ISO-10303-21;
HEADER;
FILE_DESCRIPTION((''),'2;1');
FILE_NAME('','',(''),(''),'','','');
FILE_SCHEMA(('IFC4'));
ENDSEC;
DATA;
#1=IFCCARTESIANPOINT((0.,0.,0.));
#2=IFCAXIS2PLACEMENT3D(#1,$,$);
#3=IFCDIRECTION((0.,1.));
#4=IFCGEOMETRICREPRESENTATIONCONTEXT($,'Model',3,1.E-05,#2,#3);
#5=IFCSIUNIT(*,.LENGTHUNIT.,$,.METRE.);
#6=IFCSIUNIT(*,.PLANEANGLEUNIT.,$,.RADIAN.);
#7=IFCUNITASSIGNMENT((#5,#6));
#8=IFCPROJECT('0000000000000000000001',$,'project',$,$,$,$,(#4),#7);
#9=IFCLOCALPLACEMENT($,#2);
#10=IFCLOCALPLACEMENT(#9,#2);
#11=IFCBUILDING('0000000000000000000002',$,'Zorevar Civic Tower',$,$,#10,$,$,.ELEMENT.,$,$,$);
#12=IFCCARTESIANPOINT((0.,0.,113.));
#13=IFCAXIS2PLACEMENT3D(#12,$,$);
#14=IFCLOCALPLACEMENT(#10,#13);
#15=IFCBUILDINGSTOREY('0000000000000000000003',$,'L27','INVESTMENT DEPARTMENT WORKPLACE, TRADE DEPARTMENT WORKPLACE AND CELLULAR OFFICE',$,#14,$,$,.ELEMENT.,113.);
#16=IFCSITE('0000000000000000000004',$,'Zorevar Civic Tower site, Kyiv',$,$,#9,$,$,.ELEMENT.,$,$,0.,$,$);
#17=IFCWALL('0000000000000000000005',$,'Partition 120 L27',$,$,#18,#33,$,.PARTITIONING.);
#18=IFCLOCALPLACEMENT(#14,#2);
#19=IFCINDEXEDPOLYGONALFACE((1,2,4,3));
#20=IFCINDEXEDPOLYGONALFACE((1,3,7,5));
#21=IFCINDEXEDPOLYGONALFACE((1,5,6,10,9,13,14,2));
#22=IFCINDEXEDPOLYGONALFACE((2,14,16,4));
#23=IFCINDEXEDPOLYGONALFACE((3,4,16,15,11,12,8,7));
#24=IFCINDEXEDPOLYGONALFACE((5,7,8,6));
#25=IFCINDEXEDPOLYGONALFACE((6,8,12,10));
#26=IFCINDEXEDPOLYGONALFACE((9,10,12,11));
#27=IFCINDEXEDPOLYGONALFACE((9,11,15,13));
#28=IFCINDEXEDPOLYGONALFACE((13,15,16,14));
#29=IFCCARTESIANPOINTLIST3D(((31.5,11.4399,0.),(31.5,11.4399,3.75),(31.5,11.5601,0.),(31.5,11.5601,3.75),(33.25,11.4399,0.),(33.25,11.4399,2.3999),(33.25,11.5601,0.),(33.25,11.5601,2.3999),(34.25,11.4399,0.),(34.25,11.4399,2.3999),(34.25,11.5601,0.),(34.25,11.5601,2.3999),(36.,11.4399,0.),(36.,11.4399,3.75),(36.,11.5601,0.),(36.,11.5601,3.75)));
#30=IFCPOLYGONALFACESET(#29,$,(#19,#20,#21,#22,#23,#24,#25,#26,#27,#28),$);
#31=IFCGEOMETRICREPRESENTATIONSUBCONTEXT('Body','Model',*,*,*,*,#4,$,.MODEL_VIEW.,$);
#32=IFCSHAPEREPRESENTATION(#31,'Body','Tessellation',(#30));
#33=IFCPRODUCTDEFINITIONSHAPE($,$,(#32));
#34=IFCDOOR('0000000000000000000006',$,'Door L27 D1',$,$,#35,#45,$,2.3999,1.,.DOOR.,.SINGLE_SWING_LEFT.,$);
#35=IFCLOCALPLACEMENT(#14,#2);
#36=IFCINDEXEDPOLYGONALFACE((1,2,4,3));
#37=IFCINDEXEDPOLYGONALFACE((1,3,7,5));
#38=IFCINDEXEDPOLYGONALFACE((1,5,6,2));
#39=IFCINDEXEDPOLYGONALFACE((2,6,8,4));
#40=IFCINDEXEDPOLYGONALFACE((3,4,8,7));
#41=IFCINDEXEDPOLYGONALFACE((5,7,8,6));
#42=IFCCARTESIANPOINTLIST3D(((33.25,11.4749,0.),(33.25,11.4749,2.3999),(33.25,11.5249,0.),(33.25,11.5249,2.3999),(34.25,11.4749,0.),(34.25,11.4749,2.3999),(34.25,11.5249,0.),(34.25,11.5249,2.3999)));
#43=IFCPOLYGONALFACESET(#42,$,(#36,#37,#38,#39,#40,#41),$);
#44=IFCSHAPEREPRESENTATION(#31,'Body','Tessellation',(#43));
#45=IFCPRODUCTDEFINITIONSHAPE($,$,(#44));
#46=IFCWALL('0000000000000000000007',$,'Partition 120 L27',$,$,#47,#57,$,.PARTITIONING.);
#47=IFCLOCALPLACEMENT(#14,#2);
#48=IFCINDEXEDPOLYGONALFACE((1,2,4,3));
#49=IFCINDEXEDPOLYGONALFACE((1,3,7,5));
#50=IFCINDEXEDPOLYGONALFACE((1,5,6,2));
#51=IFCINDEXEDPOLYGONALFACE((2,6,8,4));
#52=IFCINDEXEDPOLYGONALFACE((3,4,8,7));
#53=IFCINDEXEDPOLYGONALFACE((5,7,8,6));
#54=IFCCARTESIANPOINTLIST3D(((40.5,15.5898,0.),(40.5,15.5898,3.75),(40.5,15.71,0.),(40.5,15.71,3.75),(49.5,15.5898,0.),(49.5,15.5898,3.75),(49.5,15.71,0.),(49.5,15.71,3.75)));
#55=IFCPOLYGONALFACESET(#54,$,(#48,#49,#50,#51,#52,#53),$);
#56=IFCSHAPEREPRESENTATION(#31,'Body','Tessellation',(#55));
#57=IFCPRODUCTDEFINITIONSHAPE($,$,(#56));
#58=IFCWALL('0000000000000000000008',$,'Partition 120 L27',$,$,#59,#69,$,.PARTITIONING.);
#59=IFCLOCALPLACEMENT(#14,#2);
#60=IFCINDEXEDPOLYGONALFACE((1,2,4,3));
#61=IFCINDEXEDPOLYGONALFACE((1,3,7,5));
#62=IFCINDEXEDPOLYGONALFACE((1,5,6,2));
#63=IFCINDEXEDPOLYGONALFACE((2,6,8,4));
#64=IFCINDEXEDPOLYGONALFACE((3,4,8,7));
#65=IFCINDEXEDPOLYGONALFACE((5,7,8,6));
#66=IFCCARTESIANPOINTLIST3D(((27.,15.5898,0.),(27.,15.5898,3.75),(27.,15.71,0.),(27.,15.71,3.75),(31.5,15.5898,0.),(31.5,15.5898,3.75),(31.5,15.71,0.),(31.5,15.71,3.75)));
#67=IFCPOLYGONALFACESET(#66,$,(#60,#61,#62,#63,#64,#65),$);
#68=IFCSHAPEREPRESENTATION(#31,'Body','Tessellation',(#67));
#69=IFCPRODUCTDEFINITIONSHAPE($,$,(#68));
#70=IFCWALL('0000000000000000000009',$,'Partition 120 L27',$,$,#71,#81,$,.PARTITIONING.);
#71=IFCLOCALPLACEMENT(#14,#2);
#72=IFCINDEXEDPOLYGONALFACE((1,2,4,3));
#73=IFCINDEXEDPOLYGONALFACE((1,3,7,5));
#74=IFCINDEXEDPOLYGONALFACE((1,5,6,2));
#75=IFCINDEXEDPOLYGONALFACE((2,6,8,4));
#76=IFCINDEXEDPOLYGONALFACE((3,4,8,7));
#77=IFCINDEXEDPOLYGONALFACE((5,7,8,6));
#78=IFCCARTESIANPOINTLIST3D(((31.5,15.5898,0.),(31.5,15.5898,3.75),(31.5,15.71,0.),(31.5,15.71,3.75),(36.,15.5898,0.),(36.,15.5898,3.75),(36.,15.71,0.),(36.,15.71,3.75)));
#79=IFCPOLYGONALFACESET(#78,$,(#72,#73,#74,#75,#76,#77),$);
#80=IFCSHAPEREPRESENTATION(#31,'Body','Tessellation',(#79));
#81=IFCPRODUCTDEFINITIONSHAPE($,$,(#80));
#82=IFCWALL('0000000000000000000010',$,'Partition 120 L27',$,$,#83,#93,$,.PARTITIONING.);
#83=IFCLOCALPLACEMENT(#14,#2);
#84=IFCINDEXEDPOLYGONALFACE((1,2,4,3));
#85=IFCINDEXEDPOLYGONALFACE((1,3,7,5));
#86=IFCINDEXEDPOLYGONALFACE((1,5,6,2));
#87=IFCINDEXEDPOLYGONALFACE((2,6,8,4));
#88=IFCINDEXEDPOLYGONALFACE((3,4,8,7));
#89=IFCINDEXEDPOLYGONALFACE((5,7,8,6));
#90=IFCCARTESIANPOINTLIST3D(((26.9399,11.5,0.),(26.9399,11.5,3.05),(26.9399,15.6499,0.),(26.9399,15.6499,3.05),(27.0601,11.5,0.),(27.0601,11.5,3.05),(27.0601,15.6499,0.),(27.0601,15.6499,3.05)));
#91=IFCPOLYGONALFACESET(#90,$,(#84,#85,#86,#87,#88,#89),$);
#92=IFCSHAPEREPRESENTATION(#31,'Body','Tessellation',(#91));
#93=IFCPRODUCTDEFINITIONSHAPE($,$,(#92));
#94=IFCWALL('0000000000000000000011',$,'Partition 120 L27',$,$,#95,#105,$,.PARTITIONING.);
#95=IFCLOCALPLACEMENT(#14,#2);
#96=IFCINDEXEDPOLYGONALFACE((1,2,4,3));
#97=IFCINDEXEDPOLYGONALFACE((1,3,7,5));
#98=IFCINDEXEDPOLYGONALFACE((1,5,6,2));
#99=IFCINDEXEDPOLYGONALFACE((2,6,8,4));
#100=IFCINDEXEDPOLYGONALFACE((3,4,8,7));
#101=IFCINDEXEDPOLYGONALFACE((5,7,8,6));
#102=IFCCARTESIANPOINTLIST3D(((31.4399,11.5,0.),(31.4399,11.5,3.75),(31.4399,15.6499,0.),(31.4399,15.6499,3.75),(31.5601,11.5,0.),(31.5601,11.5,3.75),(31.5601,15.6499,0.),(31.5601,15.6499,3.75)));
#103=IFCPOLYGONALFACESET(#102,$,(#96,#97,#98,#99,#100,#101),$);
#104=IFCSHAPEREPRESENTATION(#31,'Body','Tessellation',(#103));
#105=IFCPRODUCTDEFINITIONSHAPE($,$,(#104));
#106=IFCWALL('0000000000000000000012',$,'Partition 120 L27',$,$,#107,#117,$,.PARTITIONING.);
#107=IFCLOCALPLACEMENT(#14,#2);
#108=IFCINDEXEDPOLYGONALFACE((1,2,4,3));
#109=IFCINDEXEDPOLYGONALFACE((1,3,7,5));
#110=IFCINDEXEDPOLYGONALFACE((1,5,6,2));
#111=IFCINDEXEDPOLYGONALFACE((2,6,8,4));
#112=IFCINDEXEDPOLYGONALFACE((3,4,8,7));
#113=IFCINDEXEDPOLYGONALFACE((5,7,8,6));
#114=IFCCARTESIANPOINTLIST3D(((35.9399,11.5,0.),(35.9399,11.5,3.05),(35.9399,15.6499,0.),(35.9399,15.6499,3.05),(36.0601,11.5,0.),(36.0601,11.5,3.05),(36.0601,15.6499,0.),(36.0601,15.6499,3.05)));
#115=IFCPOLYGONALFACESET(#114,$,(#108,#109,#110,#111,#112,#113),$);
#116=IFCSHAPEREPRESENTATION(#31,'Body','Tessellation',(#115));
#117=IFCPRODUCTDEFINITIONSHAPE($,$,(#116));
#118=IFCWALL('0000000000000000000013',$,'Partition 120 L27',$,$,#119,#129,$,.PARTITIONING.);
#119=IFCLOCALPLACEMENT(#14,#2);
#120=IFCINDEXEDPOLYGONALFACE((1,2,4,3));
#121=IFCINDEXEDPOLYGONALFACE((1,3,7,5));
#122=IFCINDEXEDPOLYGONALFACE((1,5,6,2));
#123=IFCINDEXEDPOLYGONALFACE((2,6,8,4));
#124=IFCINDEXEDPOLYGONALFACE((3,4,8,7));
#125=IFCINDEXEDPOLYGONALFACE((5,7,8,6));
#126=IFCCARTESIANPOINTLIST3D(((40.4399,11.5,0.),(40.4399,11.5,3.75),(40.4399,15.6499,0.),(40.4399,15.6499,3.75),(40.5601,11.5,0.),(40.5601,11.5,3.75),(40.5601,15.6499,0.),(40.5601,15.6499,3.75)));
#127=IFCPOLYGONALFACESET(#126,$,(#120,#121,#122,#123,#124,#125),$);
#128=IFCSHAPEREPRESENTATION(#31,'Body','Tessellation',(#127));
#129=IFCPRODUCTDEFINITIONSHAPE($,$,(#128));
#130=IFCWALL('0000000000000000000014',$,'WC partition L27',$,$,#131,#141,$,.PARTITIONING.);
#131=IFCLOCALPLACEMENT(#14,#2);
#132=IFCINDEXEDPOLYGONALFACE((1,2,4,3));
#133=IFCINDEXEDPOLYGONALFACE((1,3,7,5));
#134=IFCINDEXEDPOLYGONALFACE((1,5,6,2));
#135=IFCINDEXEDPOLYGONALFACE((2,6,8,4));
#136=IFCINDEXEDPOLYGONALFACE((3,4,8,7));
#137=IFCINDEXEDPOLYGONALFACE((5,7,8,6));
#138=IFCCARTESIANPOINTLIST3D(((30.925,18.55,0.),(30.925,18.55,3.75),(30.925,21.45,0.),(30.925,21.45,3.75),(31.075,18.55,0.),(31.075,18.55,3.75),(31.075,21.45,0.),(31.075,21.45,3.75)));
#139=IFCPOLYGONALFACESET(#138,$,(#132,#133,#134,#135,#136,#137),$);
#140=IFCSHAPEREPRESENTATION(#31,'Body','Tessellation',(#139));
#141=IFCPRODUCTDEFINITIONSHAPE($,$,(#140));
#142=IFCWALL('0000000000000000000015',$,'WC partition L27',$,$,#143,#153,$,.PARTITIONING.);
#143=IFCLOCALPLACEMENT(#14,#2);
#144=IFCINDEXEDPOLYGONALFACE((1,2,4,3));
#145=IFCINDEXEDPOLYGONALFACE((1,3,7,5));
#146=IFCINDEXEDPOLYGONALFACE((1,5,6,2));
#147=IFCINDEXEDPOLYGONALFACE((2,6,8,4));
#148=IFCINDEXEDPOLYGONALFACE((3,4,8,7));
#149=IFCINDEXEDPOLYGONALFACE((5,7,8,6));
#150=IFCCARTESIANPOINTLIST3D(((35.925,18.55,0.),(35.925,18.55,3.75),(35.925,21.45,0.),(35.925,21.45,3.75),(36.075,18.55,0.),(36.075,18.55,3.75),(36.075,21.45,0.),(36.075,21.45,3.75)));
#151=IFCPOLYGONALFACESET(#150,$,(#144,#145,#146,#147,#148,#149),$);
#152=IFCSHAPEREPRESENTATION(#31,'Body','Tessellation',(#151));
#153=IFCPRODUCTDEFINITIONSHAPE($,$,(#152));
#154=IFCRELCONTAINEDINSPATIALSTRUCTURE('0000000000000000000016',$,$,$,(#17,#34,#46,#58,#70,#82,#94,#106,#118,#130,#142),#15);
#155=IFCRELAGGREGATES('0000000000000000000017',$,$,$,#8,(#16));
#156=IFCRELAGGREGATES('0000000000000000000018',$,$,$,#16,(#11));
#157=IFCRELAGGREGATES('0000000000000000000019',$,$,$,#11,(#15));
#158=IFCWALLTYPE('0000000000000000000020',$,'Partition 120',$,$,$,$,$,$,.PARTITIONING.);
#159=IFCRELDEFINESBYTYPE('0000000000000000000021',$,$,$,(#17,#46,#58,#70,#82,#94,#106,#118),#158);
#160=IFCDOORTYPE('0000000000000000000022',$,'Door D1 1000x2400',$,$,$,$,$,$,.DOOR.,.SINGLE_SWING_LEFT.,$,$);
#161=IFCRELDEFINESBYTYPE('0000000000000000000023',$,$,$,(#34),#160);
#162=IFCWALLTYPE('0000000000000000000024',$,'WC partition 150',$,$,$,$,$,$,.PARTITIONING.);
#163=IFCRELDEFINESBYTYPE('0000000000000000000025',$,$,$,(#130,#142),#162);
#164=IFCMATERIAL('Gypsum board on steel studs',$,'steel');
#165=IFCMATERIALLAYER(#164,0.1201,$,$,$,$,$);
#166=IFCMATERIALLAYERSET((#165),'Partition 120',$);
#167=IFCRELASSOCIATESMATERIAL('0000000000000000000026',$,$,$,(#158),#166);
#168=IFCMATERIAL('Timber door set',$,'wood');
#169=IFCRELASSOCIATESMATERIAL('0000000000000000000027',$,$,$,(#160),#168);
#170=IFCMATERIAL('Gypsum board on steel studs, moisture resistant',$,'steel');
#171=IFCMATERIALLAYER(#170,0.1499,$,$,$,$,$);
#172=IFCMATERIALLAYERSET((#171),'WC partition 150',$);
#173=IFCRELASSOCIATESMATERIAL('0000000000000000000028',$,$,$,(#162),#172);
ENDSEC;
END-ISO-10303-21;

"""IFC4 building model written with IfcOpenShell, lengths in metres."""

from ifc_helpers import new_model, si_unit, direction, frame, frame_2d, origin, place, context, subcontext, project, spatial, rectangle, extrude, material, layer, layer_set, type_object, element, fill, save


model = new_model("IFC4")

# Units and contexts
model_context = context("Model", 3, precision=1e-05, world=origin(), true_north=direction((0.0, 1.0)))
body_context = subcontext(model_context, "Body", "Model", "MODEL_VIEW")
ifc_project = project(units=[si_unit("LENGTHUNIT", "METRE"), si_unit("PLANEANGLEUNIT", "RADIAN")], contexts=[model_context])

# Site, building, storey
site_placement = place(None, origin())
site = spatial("IfcSite", under=ifc_project, at=site_placement, Name="Zorevar Civic Tower site, Kyiv", CompositionType="ELEMENT", RefElevation=0.0)
building_placement = place(site_placement, origin())
building = spatial("IfcBuilding", under=site, at=building_placement, Name="Zorevar Civic Tower", CompositionType="ELEMENT")
storey_placement = place(building_placement, frame((0.0, 0.0, 113.0)))
storey = spatial("IfcBuildingStorey", under=building, at=storey_placement, Name="L27", Description="INVESTMENT DEPARTMENT WORKPLACE, TRADE DEPARTMENT WORKPLACE AND CELLULAR OFFICE", CompositionType="ELEMENT", Elevation=113.0)

# Wall, opening, door
ifc_material_1 = material(Name="Gypsum board on steel studs", Category="steel")
ifc_layer_1 = layer(ifc_material_1, 0.1201)
ifc_layer_set_1 = layer_set([ifc_layer_1], Name="Partition 120")
wall_type_1 = type_object("IfcWallType", Name="Partition 120", PredefinedType="PARTITIONING", material=ifc_layer_set_1)
ifc_material_2 = material(Name="Timber door set", Category="wood")
door_type_1 = type_object("IfcDoorType", Name="Door D1 1000x2400", OperationType="SINGLE_SWING_LEFT", PredefinedType="DOOR", material=ifc_material_2)
wall_1_placement = place(storey_placement, frame((31.5, 11.5, 0.0), z_axis=(0.0, 0.0, 1.0), x_axis=(1.0, 0.0, 0.0)))
wall_1 = element("IfcWall", 1, at=wall_1_placement, inside=storey, type_object=wall_type_1, Name="Partition 120 L27", PredefinedType="PARTITIONING", context=body_context, shape_type="SweptSolid", body=[
    extrude(rectangle(XDim=4.5, YDim=0.1201, at=frame_2d((2.25, 0.0))), origin(), (0.0, 0.0, 1.0), 3.75),
])
opening_1_placement = place(wall_1_placement, frame((1.75, 0.0, 0.0)))
opening_1 = element("IfcOpeningElement", 2, at=opening_1_placement, cuts=wall_1, PredefinedType="OPENING", context=body_context, shape_type="SweptSolid", body=[
    extrude(rectangle(XDim=1.0, YDim=2.3999, at=frame_2d((0.5, 1.2))), frame((0.0, 0.0701, 0.0), z_axis=(0.0, -1.0, 0.0), x_axis=(1.0, 0.0, 0.0)), (0.0, 0.0, 1.0), 0.1401),
])
door_1_placement = place(opening_1_placement, origin())
door_1 = element("IfcDoor", 3, at=door_1_placement, inside=storey, type_object=door_type_1, Name="Door L27 D1", OperationType="SINGLE_SWING_LEFT", OverallHeight=2.3999, OverallWidth=1.0, PredefinedType="DOOR", context=body_context, shape_type="SweptSolid", body=[
    extrude(rectangle(XDim=1.0, YDim=2.3999, at=frame_2d((0.5, 1.2))), frame((0.0, 0.0249, 0.0), z_axis=(0.0, -1.0, 0.0), x_axis=(1.0, 0.0, 0.0)), (0.0, 0.0, 1.0), 0.05),
])
fill(opening_1, door_1)

# Walls
wall_2_placement = place(storey_placement, frame((40.5, 15.6499, 0.0), z_axis=(0.0, 0.0, 1.0), x_axis=(1.0, 0.0, 0.0)))
element("IfcWall", 4, at=wall_2_placement, inside=storey, type_object=wall_type_1, Name="Partition 120 L27", PredefinedType="PARTITIONING", context=body_context, shape_type="SweptSolid", body=[
    extrude(rectangle(XDim=9.0, YDim=0.1201, at=frame_2d((4.5, 0.0))), origin(), (0.0, 0.0, 1.0), 3.75),
])
for number, where, z_axis, x_axis, name in (
    (5, (27.0, 15.6499, 0.0), (0.0, 0.0, 1.0), (1.0, 0.0, 0.0), "Partition 120 L27"),
    (6, (31.5, 15.6499, 0.0), (0.0, 0.0, 1.0), (1.0, 0.0, 0.0), "Partition 120 L27"),
):
    element("IfcWall", number, at=place(storey_placement, frame(where, z_axis=z_axis, x_axis=x_axis)), inside=storey, type_object=wall_type_1, Name=name, PredefinedType="PARTITIONING", context=body_context, shape_type="SweptSolid", body=[
        extrude(rectangle(XDim=4.5, YDim=0.1201, at=frame_2d((2.25, 0.0))), origin(), (0.0, 0.0, 1.0), 3.75),
    ])
wall_3_placement = place(storey_placement, frame((27.0, 11.5, 0.0), z_axis=(0.0, 0.0, 1.0), x_axis=(0.0, 1.0, 0.0)))
element("IfcWall", 7, at=wall_3_placement, inside=storey, type_object=wall_type_1, Name="Partition 120 L27", PredefinedType="PARTITIONING", context=body_context, shape_type="SweptSolid", body=[
    extrude(rectangle(XDim=4.1499, YDim=0.1201, at=frame_2d((2.075, 0.0))), origin(), (0.0, 0.0, 1.0), 3.05),
])
wall_4_placement = place(storey_placement, frame((31.5, 11.5, 0.0), z_axis=(0.0, 0.0, 1.0), x_axis=(0.0, 1.0, 0.0)))
element("IfcWall", 8, at=wall_4_placement, inside=storey, type_object=wall_type_1, Name="Partition 120 L27", PredefinedType="PARTITIONING", context=body_context, shape_type="SweptSolid", body=[
    extrude(rectangle(XDim=4.1499, YDim=0.1201, at=frame_2d((2.075, 0.0))), origin(), (0.0, 0.0, 1.0), 3.75),
])
wall_5_placement = place(storey_placement, frame((36.0, 11.5, 0.0), z_axis=(0.0, 0.0, 1.0), x_axis=(0.0, 1.0, 0.0)))
element("IfcWall", 9, at=wall_5_placement, inside=storey, type_object=wall_type_1, Name="Partition 120 L27", PredefinedType="PARTITIONING", context=body_context, shape_type="SweptSolid", body=[
    extrude(rectangle(XDim=4.1499, YDim=0.1201, at=frame_2d((2.075, 0.0))), origin(), (0.0, 0.0, 1.0), 3.05),
])
wall_6_placement = place(storey_placement, frame((40.5, 11.5, 0.0), z_axis=(0.0, 0.0, 1.0), x_axis=(0.0, 1.0, 0.0)))
element("IfcWall", 10, at=wall_6_placement, inside=storey, type_object=wall_type_1, Name="Partition 120 L27", PredefinedType="PARTITIONING", context=body_context, shape_type="SweptSolid", body=[
    extrude(rectangle(XDim=4.1499, YDim=0.1201, at=frame_2d((2.075, 0.0))), origin(), (0.0, 0.0, 1.0), 3.75),
])
ifc_material_3 = material(Name="Gypsum board on steel studs, moisture resistant", Category="steel")
ifc_layer_2 = layer(ifc_material_3, 0.1499)
ifc_layer_set_2 = layer_set([ifc_layer_2], Name="WC partition 150")
wall_type_2 = type_object("IfcWallType", Name="WC partition 150", PredefinedType="PARTITIONING", material=ifc_layer_set_2)
for number, where, z_axis, x_axis, name in (
    (11, (31.0, 18.55, 0.0), (0.0, 0.0, 1.0), (0.0, 1.0, 0.0), "WC partition L27"),
    (12, (36.0, 18.55, 0.0), (0.0, 0.0, 1.0), (0.0, 1.0, 0.0), "WC partition L27"),
):
    element("IfcWall", number, at=place(storey_placement, frame(where, z_axis=z_axis, x_axis=x_axis)), inside=storey, type_object=wall_type_2, Name=name, PredefinedType="PARTITIONING", context=body_context, shape_type="SweptSolid", body=[
        extrude(rectangle(XDim=2.8999, YDim=0.1499, at=frame_2d((1.45, 0.0))), origin(), (0.0, 0.0, 1.0), 3.75),
    ])

save(model, "model.ifc")
